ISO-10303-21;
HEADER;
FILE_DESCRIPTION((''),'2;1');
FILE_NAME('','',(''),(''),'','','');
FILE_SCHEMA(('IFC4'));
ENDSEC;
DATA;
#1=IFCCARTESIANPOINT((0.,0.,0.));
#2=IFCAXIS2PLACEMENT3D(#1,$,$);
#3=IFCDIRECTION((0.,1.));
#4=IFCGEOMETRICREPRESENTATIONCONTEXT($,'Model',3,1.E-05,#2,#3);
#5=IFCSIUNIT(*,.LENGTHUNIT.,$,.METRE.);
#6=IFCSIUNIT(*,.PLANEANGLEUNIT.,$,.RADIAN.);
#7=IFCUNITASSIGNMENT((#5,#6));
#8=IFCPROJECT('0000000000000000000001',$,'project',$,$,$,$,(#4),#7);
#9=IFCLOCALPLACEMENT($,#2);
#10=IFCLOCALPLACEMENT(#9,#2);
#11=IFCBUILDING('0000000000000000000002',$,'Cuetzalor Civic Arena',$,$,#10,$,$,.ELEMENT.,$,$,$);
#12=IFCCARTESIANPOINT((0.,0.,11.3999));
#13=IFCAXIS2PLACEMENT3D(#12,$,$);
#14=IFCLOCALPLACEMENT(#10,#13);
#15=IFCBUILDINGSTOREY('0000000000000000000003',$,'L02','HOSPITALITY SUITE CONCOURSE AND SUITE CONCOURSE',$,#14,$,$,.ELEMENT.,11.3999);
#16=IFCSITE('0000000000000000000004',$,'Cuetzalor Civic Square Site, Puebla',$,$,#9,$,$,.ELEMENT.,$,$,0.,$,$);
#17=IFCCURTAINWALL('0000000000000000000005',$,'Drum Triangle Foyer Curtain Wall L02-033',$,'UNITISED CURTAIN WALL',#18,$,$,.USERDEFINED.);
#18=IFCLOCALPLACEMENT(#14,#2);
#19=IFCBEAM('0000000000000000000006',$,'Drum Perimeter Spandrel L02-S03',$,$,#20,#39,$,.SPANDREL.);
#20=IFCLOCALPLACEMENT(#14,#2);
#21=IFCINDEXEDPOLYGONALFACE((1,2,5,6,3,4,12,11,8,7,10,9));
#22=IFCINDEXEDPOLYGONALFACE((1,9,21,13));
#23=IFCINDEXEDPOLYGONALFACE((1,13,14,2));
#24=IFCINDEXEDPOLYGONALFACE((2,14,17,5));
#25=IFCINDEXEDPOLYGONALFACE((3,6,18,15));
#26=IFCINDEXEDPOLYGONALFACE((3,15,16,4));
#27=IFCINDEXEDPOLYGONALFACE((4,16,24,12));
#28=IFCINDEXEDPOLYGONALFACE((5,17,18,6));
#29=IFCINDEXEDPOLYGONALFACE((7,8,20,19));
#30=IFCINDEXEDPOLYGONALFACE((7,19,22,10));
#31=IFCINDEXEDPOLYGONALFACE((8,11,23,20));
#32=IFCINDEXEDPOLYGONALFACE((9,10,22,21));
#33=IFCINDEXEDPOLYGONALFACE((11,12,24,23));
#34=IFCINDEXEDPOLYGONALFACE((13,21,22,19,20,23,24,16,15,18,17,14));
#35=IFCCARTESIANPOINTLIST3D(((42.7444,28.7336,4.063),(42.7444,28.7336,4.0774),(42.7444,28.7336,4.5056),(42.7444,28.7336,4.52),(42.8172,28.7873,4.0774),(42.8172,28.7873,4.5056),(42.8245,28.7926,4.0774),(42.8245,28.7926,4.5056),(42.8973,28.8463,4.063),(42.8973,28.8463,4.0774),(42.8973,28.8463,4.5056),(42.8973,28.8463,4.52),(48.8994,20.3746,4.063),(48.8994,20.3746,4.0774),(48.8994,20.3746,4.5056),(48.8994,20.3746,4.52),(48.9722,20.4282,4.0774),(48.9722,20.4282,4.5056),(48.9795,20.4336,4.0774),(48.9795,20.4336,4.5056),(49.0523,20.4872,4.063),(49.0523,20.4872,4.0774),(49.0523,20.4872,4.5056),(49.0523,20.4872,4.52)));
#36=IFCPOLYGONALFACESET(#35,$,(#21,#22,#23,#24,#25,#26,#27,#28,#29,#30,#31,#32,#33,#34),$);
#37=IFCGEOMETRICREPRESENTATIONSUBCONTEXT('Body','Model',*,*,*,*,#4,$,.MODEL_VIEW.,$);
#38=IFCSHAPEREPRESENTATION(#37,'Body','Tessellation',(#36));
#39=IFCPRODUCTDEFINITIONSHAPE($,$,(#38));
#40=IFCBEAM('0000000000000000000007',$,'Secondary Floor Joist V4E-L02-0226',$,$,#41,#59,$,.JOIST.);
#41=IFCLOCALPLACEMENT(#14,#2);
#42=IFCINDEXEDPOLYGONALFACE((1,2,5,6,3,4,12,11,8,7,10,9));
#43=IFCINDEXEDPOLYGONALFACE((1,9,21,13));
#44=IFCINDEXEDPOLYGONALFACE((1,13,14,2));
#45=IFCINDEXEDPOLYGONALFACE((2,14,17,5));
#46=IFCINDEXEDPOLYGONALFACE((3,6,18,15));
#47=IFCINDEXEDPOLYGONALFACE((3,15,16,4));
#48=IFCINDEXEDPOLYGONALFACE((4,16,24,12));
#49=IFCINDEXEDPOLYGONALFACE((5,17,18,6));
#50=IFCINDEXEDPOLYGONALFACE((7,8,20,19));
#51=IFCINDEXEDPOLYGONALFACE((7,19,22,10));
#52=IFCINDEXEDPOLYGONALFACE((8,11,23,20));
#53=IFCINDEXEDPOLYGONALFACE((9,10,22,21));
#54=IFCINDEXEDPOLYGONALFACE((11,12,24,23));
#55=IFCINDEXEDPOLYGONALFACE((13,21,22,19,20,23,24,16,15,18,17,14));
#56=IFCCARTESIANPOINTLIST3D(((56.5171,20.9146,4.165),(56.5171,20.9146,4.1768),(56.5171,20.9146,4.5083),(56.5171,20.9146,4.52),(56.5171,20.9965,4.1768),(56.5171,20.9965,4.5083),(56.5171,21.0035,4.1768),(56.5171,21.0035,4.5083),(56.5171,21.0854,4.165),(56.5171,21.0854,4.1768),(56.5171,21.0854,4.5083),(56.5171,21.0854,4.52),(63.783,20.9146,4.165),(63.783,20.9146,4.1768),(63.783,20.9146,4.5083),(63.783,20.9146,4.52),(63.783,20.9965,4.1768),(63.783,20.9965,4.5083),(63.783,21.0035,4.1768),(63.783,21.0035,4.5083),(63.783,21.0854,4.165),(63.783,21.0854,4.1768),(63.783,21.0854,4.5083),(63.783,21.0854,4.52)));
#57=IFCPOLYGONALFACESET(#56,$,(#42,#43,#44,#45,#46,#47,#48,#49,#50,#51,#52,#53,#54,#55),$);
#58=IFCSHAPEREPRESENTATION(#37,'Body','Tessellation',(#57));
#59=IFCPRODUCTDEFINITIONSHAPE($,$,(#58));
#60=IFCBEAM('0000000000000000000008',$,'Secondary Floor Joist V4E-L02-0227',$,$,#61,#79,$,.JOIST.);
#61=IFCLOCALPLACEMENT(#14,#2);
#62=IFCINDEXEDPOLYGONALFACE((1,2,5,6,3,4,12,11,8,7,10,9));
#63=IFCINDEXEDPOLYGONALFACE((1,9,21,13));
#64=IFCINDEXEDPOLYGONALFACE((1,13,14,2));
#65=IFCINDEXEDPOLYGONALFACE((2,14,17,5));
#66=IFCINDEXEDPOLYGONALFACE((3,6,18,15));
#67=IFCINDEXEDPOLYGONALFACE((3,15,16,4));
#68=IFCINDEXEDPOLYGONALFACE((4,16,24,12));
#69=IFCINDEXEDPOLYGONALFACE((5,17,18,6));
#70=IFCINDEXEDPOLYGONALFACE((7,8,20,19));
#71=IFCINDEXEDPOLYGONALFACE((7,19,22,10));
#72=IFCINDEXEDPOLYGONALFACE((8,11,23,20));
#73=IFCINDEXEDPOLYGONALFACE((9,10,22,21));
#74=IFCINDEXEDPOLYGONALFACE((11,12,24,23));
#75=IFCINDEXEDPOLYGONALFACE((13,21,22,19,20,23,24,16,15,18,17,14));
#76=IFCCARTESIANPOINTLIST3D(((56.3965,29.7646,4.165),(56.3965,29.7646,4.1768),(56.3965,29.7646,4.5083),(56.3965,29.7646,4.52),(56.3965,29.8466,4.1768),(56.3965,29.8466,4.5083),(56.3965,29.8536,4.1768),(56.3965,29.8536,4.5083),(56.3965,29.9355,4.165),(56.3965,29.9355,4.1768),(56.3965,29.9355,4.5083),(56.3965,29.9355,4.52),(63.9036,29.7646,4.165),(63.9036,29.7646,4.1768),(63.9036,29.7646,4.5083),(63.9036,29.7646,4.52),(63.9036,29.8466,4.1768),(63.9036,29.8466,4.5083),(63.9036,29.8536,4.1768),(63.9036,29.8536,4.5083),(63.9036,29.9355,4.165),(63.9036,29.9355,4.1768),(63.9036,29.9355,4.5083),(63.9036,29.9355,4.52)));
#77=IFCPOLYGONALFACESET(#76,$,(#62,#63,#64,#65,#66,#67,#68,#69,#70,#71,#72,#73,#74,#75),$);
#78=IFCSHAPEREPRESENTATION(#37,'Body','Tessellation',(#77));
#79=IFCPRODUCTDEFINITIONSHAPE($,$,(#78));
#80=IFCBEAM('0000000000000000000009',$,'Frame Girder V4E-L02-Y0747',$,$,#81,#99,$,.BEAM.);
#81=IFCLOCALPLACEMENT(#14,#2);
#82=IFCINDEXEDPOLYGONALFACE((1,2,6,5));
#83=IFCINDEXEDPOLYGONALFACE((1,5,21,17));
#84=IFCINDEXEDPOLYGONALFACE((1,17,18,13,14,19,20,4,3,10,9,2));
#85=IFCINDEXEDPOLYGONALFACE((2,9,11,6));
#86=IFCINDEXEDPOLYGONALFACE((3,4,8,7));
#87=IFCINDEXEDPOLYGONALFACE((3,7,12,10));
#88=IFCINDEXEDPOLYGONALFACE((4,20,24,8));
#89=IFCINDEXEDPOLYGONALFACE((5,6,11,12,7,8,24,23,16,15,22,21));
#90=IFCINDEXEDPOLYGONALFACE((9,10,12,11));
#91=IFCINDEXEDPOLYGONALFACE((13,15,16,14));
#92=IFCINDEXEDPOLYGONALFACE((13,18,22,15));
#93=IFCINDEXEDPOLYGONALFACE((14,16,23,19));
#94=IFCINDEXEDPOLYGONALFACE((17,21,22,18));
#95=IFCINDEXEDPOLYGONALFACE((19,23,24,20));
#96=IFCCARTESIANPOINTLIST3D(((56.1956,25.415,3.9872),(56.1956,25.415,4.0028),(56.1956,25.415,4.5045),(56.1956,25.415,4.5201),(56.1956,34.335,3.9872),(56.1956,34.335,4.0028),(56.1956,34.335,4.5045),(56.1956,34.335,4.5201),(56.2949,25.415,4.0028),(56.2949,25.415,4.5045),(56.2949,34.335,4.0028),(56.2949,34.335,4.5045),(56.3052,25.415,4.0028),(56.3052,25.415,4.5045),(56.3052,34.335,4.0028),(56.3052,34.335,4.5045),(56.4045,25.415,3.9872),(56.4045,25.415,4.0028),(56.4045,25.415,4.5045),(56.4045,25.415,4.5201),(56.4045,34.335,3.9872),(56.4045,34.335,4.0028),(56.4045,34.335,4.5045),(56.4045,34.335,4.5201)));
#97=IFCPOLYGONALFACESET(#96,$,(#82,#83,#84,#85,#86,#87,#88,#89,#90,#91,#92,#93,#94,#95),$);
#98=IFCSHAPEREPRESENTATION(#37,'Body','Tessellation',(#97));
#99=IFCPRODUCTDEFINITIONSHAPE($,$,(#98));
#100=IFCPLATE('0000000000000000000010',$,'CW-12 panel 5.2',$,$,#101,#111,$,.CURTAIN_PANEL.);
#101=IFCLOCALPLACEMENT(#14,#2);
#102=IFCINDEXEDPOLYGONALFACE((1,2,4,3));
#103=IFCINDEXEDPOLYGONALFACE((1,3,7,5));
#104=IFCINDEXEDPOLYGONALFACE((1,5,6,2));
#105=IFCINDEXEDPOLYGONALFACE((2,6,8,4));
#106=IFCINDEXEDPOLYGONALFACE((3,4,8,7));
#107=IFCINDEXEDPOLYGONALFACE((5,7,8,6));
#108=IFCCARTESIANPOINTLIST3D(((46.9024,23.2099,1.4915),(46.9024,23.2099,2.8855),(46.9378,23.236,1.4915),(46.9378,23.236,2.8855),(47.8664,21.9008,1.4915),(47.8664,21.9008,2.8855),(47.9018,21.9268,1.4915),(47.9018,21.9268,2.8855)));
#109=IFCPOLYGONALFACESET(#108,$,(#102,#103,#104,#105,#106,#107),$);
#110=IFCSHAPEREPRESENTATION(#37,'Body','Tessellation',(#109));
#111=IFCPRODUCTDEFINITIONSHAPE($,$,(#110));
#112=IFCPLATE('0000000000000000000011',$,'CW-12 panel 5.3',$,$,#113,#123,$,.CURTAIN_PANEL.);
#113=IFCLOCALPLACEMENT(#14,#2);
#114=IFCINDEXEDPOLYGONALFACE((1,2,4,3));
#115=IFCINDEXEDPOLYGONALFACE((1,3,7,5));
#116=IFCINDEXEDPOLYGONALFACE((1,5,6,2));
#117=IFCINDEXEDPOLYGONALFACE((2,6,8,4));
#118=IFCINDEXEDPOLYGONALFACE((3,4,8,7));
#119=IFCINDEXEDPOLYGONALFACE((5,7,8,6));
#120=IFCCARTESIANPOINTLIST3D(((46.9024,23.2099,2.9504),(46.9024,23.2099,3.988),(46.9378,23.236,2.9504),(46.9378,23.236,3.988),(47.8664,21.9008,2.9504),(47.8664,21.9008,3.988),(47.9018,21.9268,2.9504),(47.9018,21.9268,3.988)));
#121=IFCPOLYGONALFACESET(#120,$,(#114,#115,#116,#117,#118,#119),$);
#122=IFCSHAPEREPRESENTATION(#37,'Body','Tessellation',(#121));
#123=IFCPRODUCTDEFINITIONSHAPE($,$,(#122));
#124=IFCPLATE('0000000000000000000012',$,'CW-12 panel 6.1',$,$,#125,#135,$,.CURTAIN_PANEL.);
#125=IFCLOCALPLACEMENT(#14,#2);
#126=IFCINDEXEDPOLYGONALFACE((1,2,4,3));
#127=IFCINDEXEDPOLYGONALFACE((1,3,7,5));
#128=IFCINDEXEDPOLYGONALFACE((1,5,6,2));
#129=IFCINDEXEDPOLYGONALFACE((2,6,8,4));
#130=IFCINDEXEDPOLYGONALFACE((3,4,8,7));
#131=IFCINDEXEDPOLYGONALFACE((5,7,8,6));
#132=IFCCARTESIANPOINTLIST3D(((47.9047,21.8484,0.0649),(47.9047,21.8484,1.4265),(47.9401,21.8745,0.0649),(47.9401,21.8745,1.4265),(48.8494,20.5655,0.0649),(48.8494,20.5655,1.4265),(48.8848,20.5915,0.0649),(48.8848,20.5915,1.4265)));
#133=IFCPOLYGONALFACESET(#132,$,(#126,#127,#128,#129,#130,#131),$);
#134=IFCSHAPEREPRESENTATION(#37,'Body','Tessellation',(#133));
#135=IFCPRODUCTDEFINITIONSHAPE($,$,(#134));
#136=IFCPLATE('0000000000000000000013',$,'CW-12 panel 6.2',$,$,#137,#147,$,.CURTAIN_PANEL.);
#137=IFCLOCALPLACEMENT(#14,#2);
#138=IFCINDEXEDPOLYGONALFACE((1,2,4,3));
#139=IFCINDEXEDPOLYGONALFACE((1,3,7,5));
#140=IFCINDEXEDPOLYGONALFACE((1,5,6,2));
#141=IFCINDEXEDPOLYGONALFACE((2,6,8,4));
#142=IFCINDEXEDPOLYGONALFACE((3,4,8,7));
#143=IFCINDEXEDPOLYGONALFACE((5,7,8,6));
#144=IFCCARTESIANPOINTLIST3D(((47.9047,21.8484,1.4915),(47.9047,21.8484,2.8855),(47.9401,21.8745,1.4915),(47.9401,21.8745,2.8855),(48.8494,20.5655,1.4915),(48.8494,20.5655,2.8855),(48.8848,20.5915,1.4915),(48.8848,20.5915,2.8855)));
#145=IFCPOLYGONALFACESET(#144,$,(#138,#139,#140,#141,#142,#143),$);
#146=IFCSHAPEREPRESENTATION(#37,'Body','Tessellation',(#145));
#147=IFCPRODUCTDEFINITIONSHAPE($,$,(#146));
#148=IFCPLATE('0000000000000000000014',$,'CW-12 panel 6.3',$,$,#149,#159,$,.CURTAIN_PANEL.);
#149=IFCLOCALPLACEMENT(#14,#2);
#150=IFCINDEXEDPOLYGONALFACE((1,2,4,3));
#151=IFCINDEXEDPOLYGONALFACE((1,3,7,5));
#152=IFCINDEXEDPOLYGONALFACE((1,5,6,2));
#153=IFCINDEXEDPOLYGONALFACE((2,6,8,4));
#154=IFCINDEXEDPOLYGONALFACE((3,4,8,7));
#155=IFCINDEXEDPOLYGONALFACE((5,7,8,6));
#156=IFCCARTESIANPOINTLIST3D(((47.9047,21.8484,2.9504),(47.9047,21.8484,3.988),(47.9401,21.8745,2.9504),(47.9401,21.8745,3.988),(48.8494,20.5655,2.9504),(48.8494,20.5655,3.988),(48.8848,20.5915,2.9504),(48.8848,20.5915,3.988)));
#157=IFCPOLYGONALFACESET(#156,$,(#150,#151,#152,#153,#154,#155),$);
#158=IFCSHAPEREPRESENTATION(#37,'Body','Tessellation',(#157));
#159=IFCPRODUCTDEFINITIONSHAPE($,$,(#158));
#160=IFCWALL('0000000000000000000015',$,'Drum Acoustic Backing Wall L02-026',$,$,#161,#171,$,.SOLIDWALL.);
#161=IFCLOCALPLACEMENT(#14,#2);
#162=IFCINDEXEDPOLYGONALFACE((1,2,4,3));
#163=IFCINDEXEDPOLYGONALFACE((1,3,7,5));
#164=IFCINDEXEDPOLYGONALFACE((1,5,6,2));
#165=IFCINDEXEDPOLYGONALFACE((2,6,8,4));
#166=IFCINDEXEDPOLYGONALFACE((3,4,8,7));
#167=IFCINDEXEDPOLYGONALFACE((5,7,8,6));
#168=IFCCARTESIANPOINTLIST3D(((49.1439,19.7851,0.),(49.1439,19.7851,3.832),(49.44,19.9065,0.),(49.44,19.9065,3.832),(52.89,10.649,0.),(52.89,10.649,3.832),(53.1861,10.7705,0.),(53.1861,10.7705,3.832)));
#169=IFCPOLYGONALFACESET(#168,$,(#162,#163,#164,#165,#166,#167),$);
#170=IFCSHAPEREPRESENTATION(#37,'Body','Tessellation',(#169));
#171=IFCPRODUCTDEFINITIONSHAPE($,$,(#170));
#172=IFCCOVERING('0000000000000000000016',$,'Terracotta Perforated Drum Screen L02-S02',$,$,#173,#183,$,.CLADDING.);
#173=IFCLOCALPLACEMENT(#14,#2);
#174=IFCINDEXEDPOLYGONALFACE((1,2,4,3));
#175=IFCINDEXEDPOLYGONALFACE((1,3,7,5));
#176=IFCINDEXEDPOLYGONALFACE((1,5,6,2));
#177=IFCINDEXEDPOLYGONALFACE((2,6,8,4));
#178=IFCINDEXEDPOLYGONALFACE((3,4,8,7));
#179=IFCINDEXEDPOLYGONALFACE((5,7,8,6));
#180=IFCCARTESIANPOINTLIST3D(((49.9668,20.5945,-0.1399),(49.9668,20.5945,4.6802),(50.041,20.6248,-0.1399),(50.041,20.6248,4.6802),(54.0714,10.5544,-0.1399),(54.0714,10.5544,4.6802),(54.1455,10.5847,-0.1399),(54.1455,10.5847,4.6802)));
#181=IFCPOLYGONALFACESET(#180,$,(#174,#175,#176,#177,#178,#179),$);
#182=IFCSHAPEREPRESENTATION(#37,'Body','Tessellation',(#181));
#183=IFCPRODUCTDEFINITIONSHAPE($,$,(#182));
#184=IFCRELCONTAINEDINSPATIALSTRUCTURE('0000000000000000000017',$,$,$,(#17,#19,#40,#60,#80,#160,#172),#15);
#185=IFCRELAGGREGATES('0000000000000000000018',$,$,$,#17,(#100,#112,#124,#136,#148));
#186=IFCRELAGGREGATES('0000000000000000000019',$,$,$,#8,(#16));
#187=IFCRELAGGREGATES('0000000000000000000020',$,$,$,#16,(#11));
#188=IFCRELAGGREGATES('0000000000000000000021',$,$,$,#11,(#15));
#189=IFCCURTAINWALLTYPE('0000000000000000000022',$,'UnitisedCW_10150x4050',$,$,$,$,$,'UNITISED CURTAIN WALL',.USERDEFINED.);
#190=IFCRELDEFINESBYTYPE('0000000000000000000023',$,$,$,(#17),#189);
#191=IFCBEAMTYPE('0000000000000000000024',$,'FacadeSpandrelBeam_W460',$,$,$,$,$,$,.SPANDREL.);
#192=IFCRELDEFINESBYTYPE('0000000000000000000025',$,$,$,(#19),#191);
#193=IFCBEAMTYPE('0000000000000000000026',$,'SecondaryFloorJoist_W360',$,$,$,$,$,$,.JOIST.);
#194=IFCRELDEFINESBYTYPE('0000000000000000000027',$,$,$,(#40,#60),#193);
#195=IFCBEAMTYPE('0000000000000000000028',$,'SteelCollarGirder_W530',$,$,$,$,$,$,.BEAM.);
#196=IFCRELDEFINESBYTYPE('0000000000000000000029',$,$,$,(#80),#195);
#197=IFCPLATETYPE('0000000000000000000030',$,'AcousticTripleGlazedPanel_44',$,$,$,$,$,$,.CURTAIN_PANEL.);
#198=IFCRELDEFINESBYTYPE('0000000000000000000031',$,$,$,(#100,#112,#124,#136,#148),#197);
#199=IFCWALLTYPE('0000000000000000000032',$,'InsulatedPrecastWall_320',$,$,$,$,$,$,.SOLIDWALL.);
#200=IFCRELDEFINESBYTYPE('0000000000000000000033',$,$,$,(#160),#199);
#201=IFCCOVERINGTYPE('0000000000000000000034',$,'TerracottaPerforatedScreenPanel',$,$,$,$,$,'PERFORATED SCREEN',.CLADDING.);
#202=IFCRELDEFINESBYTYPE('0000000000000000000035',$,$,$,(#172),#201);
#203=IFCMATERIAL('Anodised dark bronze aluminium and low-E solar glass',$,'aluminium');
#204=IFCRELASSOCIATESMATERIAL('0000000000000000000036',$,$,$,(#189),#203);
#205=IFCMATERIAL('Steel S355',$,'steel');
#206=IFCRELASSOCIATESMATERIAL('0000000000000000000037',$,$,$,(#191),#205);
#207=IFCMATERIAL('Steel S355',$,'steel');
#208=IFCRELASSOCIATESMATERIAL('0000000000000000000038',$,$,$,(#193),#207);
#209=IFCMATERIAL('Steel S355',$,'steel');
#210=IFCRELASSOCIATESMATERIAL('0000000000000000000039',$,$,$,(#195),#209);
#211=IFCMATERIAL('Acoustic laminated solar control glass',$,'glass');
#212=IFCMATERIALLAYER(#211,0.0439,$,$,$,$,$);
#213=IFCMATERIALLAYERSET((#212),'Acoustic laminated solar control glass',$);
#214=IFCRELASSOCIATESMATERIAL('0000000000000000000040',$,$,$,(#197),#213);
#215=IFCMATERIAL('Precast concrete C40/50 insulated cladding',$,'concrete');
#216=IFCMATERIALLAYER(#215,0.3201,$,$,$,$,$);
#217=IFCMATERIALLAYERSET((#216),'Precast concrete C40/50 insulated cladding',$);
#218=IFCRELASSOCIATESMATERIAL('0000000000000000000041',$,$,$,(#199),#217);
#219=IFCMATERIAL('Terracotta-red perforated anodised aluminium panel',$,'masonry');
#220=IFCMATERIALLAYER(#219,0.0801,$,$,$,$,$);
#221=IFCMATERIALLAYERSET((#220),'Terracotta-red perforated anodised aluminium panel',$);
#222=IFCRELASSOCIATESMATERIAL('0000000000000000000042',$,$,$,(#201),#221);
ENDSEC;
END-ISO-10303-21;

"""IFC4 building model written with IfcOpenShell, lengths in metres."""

from ifc_helpers import new_model, si_unit, direction, frame, frame_2d, origin, origin_2d, place, context, subcontext, project, spatial, rectangle, i_section, extrude, material, layer, layer_set, material_profile, profile_set, type_object, element, aggregate, save


model = new_model("IFC4")

# Units and contexts
model_context = context("Model", 3, precision=1e-05, world=origin(), true_north=direction((0.0, 1.0)))
body_context = subcontext(model_context, "Body", "Model", "MODEL_VIEW")
ifc_project = project(units=[si_unit("LENGTHUNIT", "METRE"), si_unit("PLANEANGLEUNIT", "RADIAN")], contexts=[model_context])

# Site, building, storey
site_placement = place(None, origin())
site = spatial("IfcSite", under=ifc_project, at=site_placement, Name="Cuetzalor Civic Square Site, Puebla", CompositionType="ELEMENT", RefElevation=0.0)
building_placement = place(site_placement, origin())
building = spatial("IfcBuilding", under=site, at=building_placement, Name="Cuetzalor Civic Arena", CompositionType="ELEMENT")
storey_placement = place(building_placement, frame((0.0, 0.0, 11.3999)))
storey = spatial("IfcBuildingStorey", under=building, at=storey_placement, Name="L02", Description="HOSPITALITY SUITE CONCOURSE AND SUITE CONCOURSE", CompositionType="ELEMENT", Elevation=11.3999)

# Curtain wall
ifc_material_1 = material(Name="Anodised dark bronze aluminium and low-E solar glass", Category="aluminium")
curtain_wall_type = type_object("IfcCurtainWallType", Name="UnitisedCW_10150x4050", ElementType="UNITISED CURTAIN WALL", PredefinedType="USERDEFINED", material=ifc_material_1)
curtain_wall_placement = place(storey_placement, origin())
curtain_wall = element("IfcCurtainWall", 1, at=curtain_wall_placement, inside=storey, type_object=curtain_wall_type, Name="Drum Triangle Foyer Curtain Wall L02-033", ObjectType="UNITISED CURTAIN WALL", PredefinedType="USERDEFINED")

# Beams
ifc_material_2 = material(Name="Steel S355", Category="steel")
ifc_material_profile_1 = material_profile(ifc_material_2, i_section(OverallWidth=0.1899, OverallDepth=0.457, WebThickness=0.009, FlangeThickness=0.0144, at=origin_2d()), Name="W460x74")
ifc_profile_set_1 = profile_set([ifc_material_profile_1], Name="Steel S355")
beam_type_1 = type_object("IfcBeamType", Name="FacadeSpandrelBeam_W460", PredefinedType="SPANDREL", material=ifc_profile_set_1)
beam_1_placement = place(storey_placement, frame((48.9758, 20.4309, 4.2915), z_axis=(-0.592929, 0.805255, 0.0), x_axis=(-0.805255, -0.592929, 0.0)))
element("IfcBeam", 2, at=beam_1_placement, inside=storey, type_object=beam_type_1, Name="Drum Perimeter Spandrel L02-S03", PredefinedType="SPANDREL", context=body_context, shape_type="SweptSolid", body=[
    extrude(i_section(OverallWidth=0.1899, OverallDepth=0.457, WebThickness=0.009, FlangeThickness=0.0144, at=origin_2d()), origin(), (0.0, 0.0, 1.0), 10.3806),
])
ifc_material_3 = material(Name="Steel S355", Category="steel")
ifc_material_profile_2 = material_profile(ifc_material_3, i_section(OverallWidth=0.1709, OverallDepth=0.355, WebThickness=0.0071, FlangeThickness=0.0117, at=origin_2d()), Name="W360x51")
ifc_profile_set_2 = profile_set([ifc_material_profile_2], Name="Steel S355")
beam_type_2 = type_object("IfcBeamType", Name="SecondaryFloorJoist_W360", PredefinedType="JOIST", material=ifc_profile_set_2)
beam_2_placement = place(storey_placement, frame((56.5171, 21.0, 4.3425), z_axis=(1.0, 0.0, 0.0), x_axis=(0.0, 1.0, 0.0)))
element("IfcBeam", 3, at=beam_2_placement, inside=storey, type_object=beam_type_2, Name="Secondary Floor Joist V4E-L02-0226", PredefinedType="JOIST", context=body_context, shape_type="SweptSolid", body=[
    extrude(i_section(OverallWidth=0.1709, OverallDepth=0.355, WebThickness=0.0071, FlangeThickness=0.0117, at=origin_2d()), origin(), (0.0, 0.0, 1.0), 7.2659),
])
beam_3_placement = place(storey_placement, frame((56.3965, 29.8501, 4.3425), z_axis=(1.0, 0.0, 0.0), x_axis=(0.0, 1.0, 0.0)))
element("IfcBeam", 4, at=beam_3_placement, inside=storey, type_object=beam_type_2, Name="Secondary Floor Joist V4E-L02-0227", PredefinedType="JOIST", context=body_context, shape_type="SweptSolid", body=[
    extrude(i_section(OverallWidth=0.1709, OverallDepth=0.355, WebThickness=0.0071, FlangeThickness=0.0117, at=origin_2d()), origin(), (0.0, 0.0, 1.0), 7.5071),
])
ifc_material_4 = material(Name="Steel S355", Category="steel")
ifc_material_profile_3 = material_profile(ifc_material_4, i_section(OverallWidth=0.209, OverallDepth=0.533, WebThickness=0.0103, FlangeThickness=0.0156, at=origin_2d()), Name="W530x92")
ifc_profile_set_3 = profile_set([ifc_material_profile_3], Name="Steel S355")
beam_type_3 = type_object("IfcBeamType", Name="SteelCollarGirder_W530", PredefinedType="BEAM", material=ifc_profile_set_3)
beam_4_placement = place(storey_placement, frame((56.3, 25.415, 4.2537), z_axis=(0.0, 1.0, 0.0), x_axis=(-1.0, 0.0, 0.0)))
element("IfcBeam", 5, at=beam_4_placement, inside=storey, type_object=beam_type_3, Name="Frame Girder V4E-L02-Y0747", PredefinedType="BEAM", context=body_context, shape_type="SweptSolid", body=[
    extrude(i_section(OverallWidth=0.209, OverallDepth=0.533, WebThickness=0.0103, FlangeThickness=0.0156, at=origin_2d()), origin(), (0.0, 0.0, 1.0), 8.9199),
])

# Plates
ifc_material_5 = material(Name="Acoustic laminated solar control glass", Category="glass")
ifc_layer_1 = layer(ifc_material_5, 0.0439)
ifc_layer_set_1 = layer_set([ifc_layer_1], Name="Acoustic laminated solar control glass")
plate_type = type_object("IfcPlateType", Name="AcousticTripleGlazedPanel_44", PredefinedType="CURTAIN_PANEL", material=ifc_layer_set_1)
plate_1_placement = place(storey_placement, frame((47.4021, 22.5684, 1.4915), z_axis=(0.0, 0.0, 1.0), x_axis=(0.592929, -0.805255, 0.0)))
plate_1 = element("IfcPlate", 6, at=plate_1_placement, type_object=plate_type, Name="CW-12 panel 5.2", PredefinedType="CURTAIN_PANEL", context=body_context, shape_type="SweptSolid", body=[
    extrude(rectangle(XDim=1.6257, YDim=0.0439, at=origin_2d()), origin(), (0.0, 0.0, 1.0), 1.394),
])
plate_2_placement = place(storey_placement, frame((47.4021, 22.5684, 2.9504), z_axis=(0.0, 0.0, 1.0), x_axis=(0.592929, -0.805255, 0.0)))
plate_2 = element("IfcPlate", 7, at=plate_2_placement, type_object=plate_type, Name="CW-12 panel 5.3", PredefinedType="CURTAIN_PANEL", context=body_context, shape_type="SweptSolid", body=[
    extrude(rectangle(XDim=1.6257, YDim=0.0439, at=origin_2d()), origin(), (0.0, 0.0, 1.0), 1.0376),
])
plate_3_placement = place(storey_placement, frame((48.3948, 21.22, 0.0649), z_axis=(0.0, 0.0, 1.0), x_axis=(0.592929, -0.805255, 0.0)))
plate_3 = element("IfcPlate", 8, at=plate_3_placement, type_object=plate_type, Name="CW-12 panel 6.1", PredefinedType="CURTAIN_PANEL", context=body_context, shape_type="SweptSolid", body=[
    extrude(rectangle(XDim=1.5933, YDim=0.0439, at=origin_2d()), origin(), (0.0, 0.0, 1.0), 1.3616),
])
plate_4_placement = place(storey_placement, frame((48.3948, 21.22, 1.4915), z_axis=(0.0, 0.0, 1.0), x_axis=(0.592929, -0.805255, 0.0)))
plate_4 = element("IfcPlate", 9, at=plate_4_placement, type_object=plate_type, Name="CW-12 panel 6.2", PredefinedType="CURTAIN_PANEL", context=body_context, shape_type="SweptSolid", body=[
    extrude(rectangle(XDim=1.5933, YDim=0.0439, at=origin_2d()), origin(), (0.0, 0.0, 1.0), 1.394),
])
plate_5_placement = place(storey_placement, frame((48.3948, 21.22, 2.9504), z_axis=(0.0, 0.0, 1.0), x_axis=(0.592929, -0.805255, 0.0)))
plate_5 = element("IfcPlate", 10, at=plate_5_placement, type_object=plate_type, Name="CW-12 panel 6.3", PredefinedType="CURTAIN_PANEL", context=body_context, shape_type="SweptSolid", body=[
    extrude(rectangle(XDim=1.5933, YDim=0.0439, at=origin_2d()), origin(), (0.0, 0.0, 1.0), 1.0376),
])
aggregate(curtain_wall, [plate_1, plate_2, plate_3, plate_4, plate_5])

# Wall
ifc_material_6 = material(Name="Precast concrete C40/50 insulated cladding", Category="concrete")
ifc_layer_2 = layer(ifc_material_6, 0.3201)
ifc_layer_set_2 = layer_set([ifc_layer_2], Name="Precast concrete C40/50 insulated cladding")
wall_type = type_object("IfcWallType", Name="InsulatedPrecastWall_320", PredefinedType="SOLIDWALL", material=ifc_layer_set_2)
wall_placement = place(storey_placement, frame((49.292, 19.8457, 0.0), z_axis=(0.0, 0.0, 1.0), x_axis=(0.379383, -0.92524, 0.0)))
element("IfcWall", 11, at=wall_placement, inside=storey, type_object=wall_type, Name="Drum Acoustic Backing Wall L02-026", PredefinedType="SOLIDWALL", context=body_context, shape_type="SweptSolid", body=[
    extrude(rectangle(XDim=9.8743, YDim=0.3201, at=frame_2d((4.937, 0.0))), origin(), (0.0, 0.0, 1.0), 3.832),
])

# Covering
ifc_material_7 = material(Name="Terracotta-red perforated anodised aluminium panel", Category="masonry")
ifc_layer_3 = layer(ifc_material_7, 0.0801)
ifc_layer_set_3 = layer_set([ifc_layer_3], Name="Terracotta-red perforated anodised aluminium panel")
covering_type = type_object("IfcCoveringType", Name="TerracottaPerforatedScreenPanel", ElementType="PERFORATED SCREEN", PredefinedType="CLADDING", material=ifc_layer_set_3)
covering_placement = place(storey_placement, frame((50.0039, 20.6096, -0.1399), z_axis=(0.0, 0.0, 1.0), x_axis=(0.378412, -0.925637, 0.0)))
element("IfcCovering", 12, at=covering_placement, inside=storey, type_object=covering_type, Name="Terracotta Perforated Drum Screen L02-S02", PredefinedType="CLADDING", context=body_context, shape_type="SweptSolid", body=[
    extrude(rectangle(XDim=10.8467, YDim=0.0801, at=frame_2d((5.4233, 0.0))), origin(), (0.0, 0.0, 1.0), 4.8201),
])

save(model, "model.ifc")
